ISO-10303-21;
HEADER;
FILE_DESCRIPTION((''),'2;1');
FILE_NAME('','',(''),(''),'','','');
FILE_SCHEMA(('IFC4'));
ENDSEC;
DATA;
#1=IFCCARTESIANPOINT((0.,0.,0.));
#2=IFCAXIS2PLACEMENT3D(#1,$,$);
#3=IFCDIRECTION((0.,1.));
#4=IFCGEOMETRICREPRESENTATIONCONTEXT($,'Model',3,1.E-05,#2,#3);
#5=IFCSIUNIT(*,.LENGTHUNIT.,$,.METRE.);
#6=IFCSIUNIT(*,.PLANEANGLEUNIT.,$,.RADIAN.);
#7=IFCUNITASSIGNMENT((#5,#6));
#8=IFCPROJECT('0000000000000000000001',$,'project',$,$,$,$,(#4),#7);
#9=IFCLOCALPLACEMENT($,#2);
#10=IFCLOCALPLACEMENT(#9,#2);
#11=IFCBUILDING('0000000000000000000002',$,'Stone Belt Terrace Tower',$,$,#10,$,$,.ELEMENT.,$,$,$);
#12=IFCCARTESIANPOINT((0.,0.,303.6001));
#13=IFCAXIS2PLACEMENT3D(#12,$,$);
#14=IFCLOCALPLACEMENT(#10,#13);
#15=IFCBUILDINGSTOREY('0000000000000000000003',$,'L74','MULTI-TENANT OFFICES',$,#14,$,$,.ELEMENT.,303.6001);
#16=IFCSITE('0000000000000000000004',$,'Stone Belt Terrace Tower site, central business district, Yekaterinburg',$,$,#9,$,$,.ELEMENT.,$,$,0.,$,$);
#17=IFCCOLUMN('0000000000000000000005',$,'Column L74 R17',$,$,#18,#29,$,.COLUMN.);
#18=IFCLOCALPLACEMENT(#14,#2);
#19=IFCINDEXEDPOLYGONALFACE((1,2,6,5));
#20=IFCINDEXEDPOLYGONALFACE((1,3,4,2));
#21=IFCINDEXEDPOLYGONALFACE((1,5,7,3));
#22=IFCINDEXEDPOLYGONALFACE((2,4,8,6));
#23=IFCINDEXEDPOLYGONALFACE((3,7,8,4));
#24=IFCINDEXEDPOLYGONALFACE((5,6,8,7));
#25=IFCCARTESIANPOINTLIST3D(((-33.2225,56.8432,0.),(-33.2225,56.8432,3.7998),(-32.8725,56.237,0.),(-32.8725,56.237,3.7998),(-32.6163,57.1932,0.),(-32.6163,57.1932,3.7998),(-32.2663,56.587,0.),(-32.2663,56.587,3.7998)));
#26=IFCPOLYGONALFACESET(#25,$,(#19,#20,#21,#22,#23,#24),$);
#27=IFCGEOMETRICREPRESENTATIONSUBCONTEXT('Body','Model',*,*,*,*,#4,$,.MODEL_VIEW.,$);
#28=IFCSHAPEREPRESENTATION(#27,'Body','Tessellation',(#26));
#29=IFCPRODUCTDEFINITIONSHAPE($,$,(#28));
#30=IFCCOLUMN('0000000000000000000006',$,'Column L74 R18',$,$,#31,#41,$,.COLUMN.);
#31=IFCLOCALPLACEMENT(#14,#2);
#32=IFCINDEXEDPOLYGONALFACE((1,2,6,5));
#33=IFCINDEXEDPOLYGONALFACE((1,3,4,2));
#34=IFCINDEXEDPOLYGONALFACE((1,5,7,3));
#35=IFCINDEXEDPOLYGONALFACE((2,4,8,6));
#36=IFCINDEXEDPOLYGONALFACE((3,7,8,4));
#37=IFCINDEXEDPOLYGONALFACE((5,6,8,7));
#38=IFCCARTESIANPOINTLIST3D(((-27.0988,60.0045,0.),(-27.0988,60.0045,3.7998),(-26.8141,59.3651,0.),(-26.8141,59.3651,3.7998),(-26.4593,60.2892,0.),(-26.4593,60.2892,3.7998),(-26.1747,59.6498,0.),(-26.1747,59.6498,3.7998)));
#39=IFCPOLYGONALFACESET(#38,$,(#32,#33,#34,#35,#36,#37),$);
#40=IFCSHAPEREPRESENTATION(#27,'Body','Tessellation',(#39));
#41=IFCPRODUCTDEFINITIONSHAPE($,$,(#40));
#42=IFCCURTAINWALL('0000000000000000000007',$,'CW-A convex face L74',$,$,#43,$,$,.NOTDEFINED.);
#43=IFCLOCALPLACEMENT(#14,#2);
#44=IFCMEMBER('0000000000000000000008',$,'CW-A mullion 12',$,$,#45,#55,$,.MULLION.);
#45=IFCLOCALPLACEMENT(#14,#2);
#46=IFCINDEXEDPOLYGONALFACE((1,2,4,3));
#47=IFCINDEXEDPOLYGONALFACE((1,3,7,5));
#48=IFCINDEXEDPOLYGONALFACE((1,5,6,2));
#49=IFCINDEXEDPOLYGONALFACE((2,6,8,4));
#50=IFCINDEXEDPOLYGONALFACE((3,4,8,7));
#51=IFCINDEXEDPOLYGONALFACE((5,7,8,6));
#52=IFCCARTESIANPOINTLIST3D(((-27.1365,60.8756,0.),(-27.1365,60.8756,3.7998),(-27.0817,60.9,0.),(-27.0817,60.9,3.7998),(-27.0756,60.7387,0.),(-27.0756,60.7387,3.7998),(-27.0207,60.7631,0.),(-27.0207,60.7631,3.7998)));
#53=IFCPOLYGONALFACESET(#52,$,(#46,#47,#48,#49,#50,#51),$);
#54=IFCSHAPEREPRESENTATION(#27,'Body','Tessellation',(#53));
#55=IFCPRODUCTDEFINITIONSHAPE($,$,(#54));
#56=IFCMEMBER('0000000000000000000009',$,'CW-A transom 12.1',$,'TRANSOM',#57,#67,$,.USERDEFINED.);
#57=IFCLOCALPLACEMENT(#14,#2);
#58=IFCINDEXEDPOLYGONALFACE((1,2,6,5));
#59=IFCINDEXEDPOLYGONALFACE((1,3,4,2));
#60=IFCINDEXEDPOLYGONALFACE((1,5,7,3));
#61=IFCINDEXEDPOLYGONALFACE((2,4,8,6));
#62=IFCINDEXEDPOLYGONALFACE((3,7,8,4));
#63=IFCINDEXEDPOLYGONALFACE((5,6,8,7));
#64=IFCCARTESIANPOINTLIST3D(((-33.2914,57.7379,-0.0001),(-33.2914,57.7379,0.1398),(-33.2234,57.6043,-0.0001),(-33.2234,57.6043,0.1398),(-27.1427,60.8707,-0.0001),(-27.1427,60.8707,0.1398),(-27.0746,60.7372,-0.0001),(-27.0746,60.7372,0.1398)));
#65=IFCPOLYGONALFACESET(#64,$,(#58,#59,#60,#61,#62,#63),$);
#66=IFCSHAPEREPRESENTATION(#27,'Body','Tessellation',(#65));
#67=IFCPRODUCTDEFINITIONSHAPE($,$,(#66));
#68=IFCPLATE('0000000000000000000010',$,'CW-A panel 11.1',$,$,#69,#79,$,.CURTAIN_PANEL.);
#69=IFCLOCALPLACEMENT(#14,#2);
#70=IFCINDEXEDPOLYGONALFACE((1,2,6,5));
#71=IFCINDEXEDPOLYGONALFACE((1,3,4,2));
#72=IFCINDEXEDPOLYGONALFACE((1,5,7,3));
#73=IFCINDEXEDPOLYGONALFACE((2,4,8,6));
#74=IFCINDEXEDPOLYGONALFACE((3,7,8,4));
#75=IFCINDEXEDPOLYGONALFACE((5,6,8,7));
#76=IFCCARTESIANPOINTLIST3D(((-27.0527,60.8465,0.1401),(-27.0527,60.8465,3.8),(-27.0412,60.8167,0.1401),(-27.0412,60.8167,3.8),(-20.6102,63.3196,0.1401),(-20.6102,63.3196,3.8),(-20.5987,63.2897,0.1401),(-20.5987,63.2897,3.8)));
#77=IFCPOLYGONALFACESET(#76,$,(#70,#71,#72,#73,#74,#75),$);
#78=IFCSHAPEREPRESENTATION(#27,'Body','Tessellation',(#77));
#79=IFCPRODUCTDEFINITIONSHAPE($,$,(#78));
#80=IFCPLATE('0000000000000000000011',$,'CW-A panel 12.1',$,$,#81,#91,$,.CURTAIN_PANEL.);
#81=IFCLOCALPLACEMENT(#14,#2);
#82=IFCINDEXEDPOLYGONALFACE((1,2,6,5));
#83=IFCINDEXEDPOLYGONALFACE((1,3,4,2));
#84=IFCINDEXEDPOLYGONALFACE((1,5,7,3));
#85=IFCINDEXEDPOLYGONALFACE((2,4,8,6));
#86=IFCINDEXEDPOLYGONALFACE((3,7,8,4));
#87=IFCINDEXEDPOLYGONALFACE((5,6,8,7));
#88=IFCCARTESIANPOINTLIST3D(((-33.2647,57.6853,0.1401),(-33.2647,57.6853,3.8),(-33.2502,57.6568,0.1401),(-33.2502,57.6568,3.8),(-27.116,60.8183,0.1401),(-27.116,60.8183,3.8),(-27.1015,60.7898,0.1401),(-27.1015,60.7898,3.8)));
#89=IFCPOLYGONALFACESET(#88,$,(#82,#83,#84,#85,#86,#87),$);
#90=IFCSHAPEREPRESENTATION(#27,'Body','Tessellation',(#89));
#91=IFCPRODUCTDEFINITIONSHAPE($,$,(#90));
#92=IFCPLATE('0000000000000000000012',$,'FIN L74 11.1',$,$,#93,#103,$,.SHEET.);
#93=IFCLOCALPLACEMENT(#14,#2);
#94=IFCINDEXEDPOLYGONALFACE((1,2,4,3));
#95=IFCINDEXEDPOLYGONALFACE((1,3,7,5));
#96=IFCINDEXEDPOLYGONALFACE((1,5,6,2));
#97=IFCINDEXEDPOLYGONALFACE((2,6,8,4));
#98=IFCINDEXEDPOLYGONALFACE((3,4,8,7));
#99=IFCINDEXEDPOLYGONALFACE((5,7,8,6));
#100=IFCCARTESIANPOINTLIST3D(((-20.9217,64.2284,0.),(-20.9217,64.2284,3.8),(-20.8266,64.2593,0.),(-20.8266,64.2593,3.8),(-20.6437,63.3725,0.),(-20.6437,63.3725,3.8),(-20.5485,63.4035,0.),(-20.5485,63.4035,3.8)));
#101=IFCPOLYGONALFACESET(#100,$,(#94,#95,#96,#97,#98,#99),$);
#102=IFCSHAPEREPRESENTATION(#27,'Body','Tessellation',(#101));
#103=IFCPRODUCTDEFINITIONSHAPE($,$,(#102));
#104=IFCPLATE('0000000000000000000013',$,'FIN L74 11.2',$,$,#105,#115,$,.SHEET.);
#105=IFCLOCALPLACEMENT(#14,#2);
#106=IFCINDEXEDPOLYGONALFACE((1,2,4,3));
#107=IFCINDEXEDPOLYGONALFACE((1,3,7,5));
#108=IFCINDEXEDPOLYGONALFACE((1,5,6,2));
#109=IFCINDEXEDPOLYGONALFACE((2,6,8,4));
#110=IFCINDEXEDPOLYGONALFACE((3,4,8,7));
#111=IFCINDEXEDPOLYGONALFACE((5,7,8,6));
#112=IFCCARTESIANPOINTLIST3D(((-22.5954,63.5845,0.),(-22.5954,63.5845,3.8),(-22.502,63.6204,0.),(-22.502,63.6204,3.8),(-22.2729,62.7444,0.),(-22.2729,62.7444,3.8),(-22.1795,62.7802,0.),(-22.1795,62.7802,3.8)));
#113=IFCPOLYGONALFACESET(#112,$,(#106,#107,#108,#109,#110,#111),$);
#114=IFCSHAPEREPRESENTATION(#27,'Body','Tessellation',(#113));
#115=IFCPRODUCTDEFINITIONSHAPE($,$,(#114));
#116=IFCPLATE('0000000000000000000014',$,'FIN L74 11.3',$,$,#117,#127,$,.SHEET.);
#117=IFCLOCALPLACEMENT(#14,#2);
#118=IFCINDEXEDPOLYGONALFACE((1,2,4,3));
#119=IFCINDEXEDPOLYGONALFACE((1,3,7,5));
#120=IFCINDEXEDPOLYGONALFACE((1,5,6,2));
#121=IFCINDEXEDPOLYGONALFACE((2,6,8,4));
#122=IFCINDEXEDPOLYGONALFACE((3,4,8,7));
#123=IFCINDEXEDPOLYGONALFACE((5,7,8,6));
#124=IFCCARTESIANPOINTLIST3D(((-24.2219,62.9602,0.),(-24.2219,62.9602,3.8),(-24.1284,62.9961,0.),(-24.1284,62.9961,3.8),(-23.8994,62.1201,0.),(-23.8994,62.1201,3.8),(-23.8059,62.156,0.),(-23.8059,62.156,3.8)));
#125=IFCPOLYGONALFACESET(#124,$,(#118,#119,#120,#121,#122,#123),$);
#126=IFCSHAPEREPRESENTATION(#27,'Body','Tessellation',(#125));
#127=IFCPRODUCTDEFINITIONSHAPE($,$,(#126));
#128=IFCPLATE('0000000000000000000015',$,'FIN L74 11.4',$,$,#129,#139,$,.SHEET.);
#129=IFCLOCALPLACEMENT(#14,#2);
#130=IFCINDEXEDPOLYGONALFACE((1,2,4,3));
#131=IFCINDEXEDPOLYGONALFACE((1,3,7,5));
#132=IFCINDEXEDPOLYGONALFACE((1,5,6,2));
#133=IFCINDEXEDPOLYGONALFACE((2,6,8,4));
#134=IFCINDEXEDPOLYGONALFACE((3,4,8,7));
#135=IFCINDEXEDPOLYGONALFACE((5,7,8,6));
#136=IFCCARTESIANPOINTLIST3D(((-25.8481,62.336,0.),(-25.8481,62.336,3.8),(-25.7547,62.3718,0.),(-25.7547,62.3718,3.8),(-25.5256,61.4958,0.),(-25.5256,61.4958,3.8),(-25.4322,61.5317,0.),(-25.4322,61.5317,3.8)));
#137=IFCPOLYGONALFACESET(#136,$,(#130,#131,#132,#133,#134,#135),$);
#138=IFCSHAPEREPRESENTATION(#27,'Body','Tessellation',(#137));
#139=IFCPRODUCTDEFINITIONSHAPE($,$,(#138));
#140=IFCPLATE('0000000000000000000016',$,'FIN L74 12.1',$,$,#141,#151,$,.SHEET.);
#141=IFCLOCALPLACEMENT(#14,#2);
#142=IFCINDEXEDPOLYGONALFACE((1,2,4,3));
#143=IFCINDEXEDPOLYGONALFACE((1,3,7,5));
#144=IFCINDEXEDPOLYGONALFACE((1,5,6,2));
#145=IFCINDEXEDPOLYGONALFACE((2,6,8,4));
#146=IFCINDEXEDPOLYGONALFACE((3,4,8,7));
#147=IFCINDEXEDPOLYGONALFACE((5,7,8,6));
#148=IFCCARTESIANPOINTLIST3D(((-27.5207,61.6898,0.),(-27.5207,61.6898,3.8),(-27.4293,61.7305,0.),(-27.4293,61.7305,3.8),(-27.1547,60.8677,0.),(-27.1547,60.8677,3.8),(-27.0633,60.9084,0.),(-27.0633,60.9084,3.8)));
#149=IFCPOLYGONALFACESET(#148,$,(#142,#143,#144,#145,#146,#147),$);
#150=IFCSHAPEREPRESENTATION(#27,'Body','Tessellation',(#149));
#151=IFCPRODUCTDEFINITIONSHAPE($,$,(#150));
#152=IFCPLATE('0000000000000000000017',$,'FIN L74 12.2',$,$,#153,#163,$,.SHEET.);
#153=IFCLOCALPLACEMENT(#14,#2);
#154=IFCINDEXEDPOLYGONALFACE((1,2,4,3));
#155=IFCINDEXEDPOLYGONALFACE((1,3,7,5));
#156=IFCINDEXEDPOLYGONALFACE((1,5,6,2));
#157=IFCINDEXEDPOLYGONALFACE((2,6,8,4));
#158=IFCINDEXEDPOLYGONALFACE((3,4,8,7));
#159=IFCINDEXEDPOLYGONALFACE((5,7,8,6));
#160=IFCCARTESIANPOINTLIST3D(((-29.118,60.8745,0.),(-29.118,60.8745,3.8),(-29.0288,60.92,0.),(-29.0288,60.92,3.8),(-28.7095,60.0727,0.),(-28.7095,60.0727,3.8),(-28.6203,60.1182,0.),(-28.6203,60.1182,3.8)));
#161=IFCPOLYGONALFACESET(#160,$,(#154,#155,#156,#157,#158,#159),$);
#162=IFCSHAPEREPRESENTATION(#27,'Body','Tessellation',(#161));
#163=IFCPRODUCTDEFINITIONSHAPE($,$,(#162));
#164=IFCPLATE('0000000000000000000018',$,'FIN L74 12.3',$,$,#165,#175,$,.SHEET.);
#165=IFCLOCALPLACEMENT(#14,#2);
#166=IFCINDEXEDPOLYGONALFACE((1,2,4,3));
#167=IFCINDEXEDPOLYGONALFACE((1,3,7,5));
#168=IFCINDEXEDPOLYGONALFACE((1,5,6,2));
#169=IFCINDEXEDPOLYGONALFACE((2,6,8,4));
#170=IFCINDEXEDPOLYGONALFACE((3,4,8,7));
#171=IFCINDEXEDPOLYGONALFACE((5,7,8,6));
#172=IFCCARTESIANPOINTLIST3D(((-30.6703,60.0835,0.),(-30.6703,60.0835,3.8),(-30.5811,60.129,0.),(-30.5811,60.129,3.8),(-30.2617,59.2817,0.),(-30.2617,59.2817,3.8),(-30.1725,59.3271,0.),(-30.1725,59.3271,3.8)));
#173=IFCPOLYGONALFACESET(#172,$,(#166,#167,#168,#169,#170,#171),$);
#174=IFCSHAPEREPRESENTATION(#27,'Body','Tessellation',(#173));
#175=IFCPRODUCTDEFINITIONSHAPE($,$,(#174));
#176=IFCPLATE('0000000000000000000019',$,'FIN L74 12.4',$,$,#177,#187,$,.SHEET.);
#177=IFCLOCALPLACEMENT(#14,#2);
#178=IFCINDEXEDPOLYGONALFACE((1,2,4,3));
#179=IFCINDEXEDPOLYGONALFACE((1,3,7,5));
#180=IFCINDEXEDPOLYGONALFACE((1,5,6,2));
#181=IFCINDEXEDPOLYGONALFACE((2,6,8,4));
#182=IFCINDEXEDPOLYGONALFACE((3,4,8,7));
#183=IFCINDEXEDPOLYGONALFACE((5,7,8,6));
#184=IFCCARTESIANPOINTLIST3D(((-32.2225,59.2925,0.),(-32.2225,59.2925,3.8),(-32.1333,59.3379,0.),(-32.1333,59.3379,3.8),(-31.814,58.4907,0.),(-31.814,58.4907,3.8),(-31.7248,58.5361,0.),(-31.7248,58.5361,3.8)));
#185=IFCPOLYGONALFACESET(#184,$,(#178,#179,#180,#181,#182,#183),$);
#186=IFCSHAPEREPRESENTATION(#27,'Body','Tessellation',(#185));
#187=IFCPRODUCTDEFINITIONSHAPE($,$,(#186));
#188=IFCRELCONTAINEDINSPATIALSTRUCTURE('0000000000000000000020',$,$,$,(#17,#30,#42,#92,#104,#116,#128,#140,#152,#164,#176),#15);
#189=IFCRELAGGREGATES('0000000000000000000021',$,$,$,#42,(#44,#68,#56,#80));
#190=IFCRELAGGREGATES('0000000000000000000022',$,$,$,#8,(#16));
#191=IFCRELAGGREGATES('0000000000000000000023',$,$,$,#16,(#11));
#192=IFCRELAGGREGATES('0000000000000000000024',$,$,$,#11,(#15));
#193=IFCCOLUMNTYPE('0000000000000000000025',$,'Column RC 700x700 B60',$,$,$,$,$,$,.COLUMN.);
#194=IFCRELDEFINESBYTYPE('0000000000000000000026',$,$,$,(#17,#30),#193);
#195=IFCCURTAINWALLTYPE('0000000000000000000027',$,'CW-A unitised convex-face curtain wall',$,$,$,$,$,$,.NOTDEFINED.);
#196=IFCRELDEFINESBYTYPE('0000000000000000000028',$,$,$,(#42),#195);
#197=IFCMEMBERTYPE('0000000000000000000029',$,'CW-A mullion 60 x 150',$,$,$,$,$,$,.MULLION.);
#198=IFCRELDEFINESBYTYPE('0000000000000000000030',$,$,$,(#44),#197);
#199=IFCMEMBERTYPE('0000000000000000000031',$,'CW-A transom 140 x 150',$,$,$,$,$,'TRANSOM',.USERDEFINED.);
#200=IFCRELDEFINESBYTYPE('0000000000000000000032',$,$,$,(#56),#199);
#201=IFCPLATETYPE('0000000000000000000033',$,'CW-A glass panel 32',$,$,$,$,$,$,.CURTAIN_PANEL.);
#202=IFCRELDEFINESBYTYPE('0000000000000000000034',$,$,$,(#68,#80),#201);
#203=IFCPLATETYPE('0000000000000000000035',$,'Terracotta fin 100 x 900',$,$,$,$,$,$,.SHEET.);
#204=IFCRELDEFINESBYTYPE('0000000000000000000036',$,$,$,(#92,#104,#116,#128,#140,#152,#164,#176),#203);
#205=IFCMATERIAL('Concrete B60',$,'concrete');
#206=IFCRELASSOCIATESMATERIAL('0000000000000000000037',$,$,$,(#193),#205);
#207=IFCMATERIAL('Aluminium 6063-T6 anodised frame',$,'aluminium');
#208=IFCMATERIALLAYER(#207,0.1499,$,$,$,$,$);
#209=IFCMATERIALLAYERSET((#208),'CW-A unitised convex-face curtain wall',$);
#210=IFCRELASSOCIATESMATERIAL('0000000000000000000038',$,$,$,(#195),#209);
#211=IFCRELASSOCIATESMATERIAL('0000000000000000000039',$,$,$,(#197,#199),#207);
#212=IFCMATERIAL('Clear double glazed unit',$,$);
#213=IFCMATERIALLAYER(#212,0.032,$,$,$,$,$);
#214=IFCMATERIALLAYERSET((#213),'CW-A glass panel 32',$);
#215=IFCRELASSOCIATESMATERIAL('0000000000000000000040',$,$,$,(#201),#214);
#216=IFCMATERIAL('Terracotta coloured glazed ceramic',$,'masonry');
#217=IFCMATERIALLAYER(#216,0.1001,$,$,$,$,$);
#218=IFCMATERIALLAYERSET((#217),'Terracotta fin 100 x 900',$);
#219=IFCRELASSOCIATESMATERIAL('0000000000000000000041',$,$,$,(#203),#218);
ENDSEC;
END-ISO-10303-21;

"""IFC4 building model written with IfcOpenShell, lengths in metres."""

from ifc_helpers import new_model, si_unit, direction, frame, origin, origin_2d, place, context, subcontext, project, spatial, rectangle, extrude, material, layer, layer_set, material_profile, profile_set, type_object, element, aggregate, save


model = new_model("IFC4")

# Units and contexts
model_context = context("Model", 3, precision=1e-05, world=origin(), true_north=direction((0.0, 1.0)))
body_context = subcontext(model_context, "Body", "Model", "MODEL_VIEW")
ifc_project = project(units=[si_unit("LENGTHUNIT", "METRE"), si_unit("PLANEANGLEUNIT", "RADIAN")], contexts=[model_context])

# Site, building, storey
site_placement = place(None, origin())
site = spatial("IfcSite", under=ifc_project, at=site_placement, Name="Stone Belt Terrace Tower site, central business district, Yekaterinburg", CompositionType="ELEMENT", RefElevation=0.0)
building_placement = place(site_placement, origin())
building = spatial("IfcBuilding", under=site, at=building_placement, Name="Stone Belt Terrace Tower", CompositionType="ELEMENT")
storey_placement = place(building_placement, frame((0.0, 0.0, 303.6001)))
storey = spatial("IfcBuildingStorey", under=building, at=storey_placement, Name="L74", Description="MULTI-TENANT OFFICES", CompositionType="ELEMENT", Elevation=303.6001)

# Columns
ifc_material_1 = material(Name="Concrete B60", Category="concrete")
ifc_material_profile_1 = material_profile(ifc_material_1, rectangle(XDim=0.7, YDim=0.7, at=origin_2d()), Name="RC 700x700")
ifc_profile_set_1 = profile_set([ifc_material_profile_1], Name="Concrete B60")
column_type = type_object("IfcColumnType", Name="Column RC 700x700 B60", PredefinedType="COLUMN", material=ifc_profile_set_1)
for number, where, z_axis, x_axis, name in (
    (1, (-32.7444, 56.7151, 0.0), (0.0, 0.0, 1.0), (0.866025, 0.5, 0.0), "Column L74 R17"),
    (2, (-26.6367, 59.8271, 0.0), (0.0, 0.0, 1.0), (0.913545, 0.406737, 0.0), "Column L74 R18"),
):
    element("IfcColumn", number, at=place(storey_placement, frame(where, z_axis=z_axis, x_axis=x_axis)), inside=storey, type_object=column_type, Name=name, PredefinedType="COLUMN", context=body_context, shape_type="SweptSolid", body=[
        extrude(rectangle(XDim=0.7, YDim=0.7, at=origin_2d()), origin(), (0.0, 0.0, 1.0), 3.7998),
    ])

# Curtain wall, members, plates
ifc_material_2 = material(Name="Aluminium 6063-T6 anodised frame", Category="aluminium")
ifc_layer_1 = layer(ifc_material_2, 0.1499)
ifc_layer_set_1 = layer_set([ifc_layer_1], Name="CW-A unitised convex-face curtain wall")
curtain_wall_type = type_object("IfcCurtainWallType", Name="CW-A unitised convex-face curtain wall", PredefinedType="NOTDEFINED", material=ifc_layer_set_1)
curtain_wall_placement = place(storey_placement, origin())
curtain_wall = element("IfcCurtainWall", 3, at=curtain_wall_placement, inside=storey, type_object=curtain_wall_type, Name="CW-A convex face L74", PredefinedType="NOTDEFINED")
ifc_material_profile_2 = material_profile(ifc_material_2, rectangle(XDim=0.1499, YDim=0.0601, at=origin_2d()), Name="Aluminium 6063-T6 60x150")
ifc_profile_set_2 = profile_set([ifc_material_profile_2], Name="Aluminium 6063-T6 anodised frame")
member_type_1 = type_object("IfcMemberType", Name="CW-A mullion 60 x 150", PredefinedType="MULLION", material=ifc_profile_set_2)
member_1_placement = place(storey_placement, frame((-27.0786, 60.8193, 0.0), z_axis=(0.0, 0.0, 1.0), x_axis=(0.406737, -0.913545, 0.0)))
member_1 = element("IfcMember", 4, at=member_1_placement, type_object=member_type_1, Name="CW-A mullion 12", PredefinedType="MULLION", context=body_context, shape_type="SweptSolid", body=[
    extrude(rectangle(XDim=0.1499, YDim=0.0601, at=origin_2d()), origin(), (0.0, 0.0, 1.0), 3.7998),
])
ifc_material_profile_3 = material_profile(ifc_material_2, rectangle(XDim=0.1499, YDim=0.1399, at=origin_2d()), Name="Aluminium 6063-T6 150x140")
ifc_profile_set_3 = profile_set([ifc_material_profile_3], Name="Aluminium 6063-T6 anodised frame")
member_type_2 = type_object("IfcMemberType", Name="CW-A transom 140 x 150", ElementType="TRANSOM", PredefinedType="USERDEFINED", material=ifc_profile_set_3)
member_2_placement = place(storey_placement, frame((-27.1086, 60.804, 0.0698), z_axis=(-0.891012, -0.453979, 0.0), x_axis=(0.453979, -0.891012, 0.0)))
member_2 = element("IfcMember", 5, at=member_2_placement, type_object=member_type_2, Name="CW-A transom 12.1", ObjectType="TRANSOM", PredefinedType="USERDEFINED", context=body_context, shape_type="SweptSolid", body=[
    extrude(rectangle(XDim=0.1499, YDim=0.1399, at=origin_2d()), origin(), (0.0, 0.0, 1.0), 6.9009),
])
ifc_material_3 = material(Name="Clear double glazed unit")
ifc_layer_2 = layer(ifc_material_3, 0.032)
ifc_layer_set_2 = layer_set([ifc_layer_2], Name="CW-A glass panel 32")
plate_type_1 = type_object("IfcPlateType", Name="CW-A glass panel 32", PredefinedType="CURTAIN_PANEL", material=ifc_layer_set_2)
plate_1_placement = place(storey_placement, frame((-23.8257, 62.0681, 0.1401), z_axis=(0.0, 0.0, 1.0), x_axis=(-0.93358, -0.358368, 0.0)))
plate_1 = element("IfcPlate", 6, at=plate_1_placement, type_object=plate_type_1, Name="CW-A panel 11.1", PredefinedType="CURTAIN_PANEL", context=body_context, shape_type="SweptSolid", body=[
    extrude(rectangle(XDim=6.9009, YDim=0.032, at=origin_2d()), origin(), (0.0, 0.0, 1.0), 3.6599),
])
plate_2_placement = place(storey_placement, frame((-30.1831, 59.2375, 0.1401), z_axis=(0.0, 0.0, 1.0), x_axis=(-0.891007, -0.45399, 0.0)))
plate_2 = element("IfcPlate", 7, at=plate_2_placement, type_object=plate_type_1, Name="CW-A panel 12.1", PredefinedType="CURTAIN_PANEL", context=body_context, shape_type="SweptSolid", body=[
    extrude(rectangle(XDim=6.9009, YDim=0.032, at=origin_2d()), origin(), (0.0, 0.0, 1.0), 3.6599),
])
aggregate(curtain_wall, [member_1, plate_1, member_2, plate_2])

# Plates
ifc_material_4 = material(Name="Terracotta coloured glazed ceramic", Category="masonry")
ifc_layer_3 = layer(ifc_material_4, 0.1001)
ifc_layer_set_3 = layer_set([ifc_layer_3], Name="Terracotta fin 100 x 900")
plate_type_2 = type_object("IfcPlateType", Name="Terracotta fin 100 x 900", PredefinedType="SHEET", material=ifc_layer_set_3)
for number, where, z_axis, x_axis, name in (
    (8, (-20.7351, 63.8159, 0.0), (0.0, 0.0, 1.0), (-0.309017, 0.951057, 0.0), "FIN L74 11.1"),
    (9, (-22.3875, 63.1824, 0.0), (0.0, 0.0, 1.0), (-0.358368, 0.93358, 0.0), "FIN L74 11.2"),
    (10, (-24.0139, 62.5581, 0.0), (0.0, 0.0, 1.0), (-0.358368, 0.93358, 0.0), "FIN L74 11.3"),
    (11, (-25.6401, 61.9338, 0.0), (0.0, 0.0, 1.0), (-0.358368, 0.93358, 0.0), "FIN L74 11.4"),
    (12, (-27.292, 61.2991, 0.0), (0.0, 0.0, 1.0), (-0.406737, 0.913545, 0.0), "FIN L74 12.1"),
    (13, (-28.8691, 60.4963, 0.0), (0.0, 0.0, 1.0), (-0.45399, 0.891007, 0.0), "FIN L74 12.2"),
    (14, (-30.4214, 59.7053, 0.0), (0.0, 0.0, 1.0), (-0.45399, 0.891007, 0.0), "FIN L74 12.3"),
    (15, (-31.9736, 58.9143, 0.0), (0.0, 0.0, 1.0), (-0.45399, 0.891007, 0.0), "FIN L74 12.4"),
):
    element("IfcPlate", number, at=place(storey_placement, frame(where, z_axis=z_axis, x_axis=x_axis)), inside=storey, type_object=plate_type_2, Name=name, PredefinedType="SHEET", context=body_context, shape_type="SweptSolid", body=[
        extrude(rectangle(XDim=0.8999, YDim=0.1001, at=origin_2d()), origin(), (0.0, 0.0, 1.0), 3.8),
    ])

save(model, "model.ifc")
